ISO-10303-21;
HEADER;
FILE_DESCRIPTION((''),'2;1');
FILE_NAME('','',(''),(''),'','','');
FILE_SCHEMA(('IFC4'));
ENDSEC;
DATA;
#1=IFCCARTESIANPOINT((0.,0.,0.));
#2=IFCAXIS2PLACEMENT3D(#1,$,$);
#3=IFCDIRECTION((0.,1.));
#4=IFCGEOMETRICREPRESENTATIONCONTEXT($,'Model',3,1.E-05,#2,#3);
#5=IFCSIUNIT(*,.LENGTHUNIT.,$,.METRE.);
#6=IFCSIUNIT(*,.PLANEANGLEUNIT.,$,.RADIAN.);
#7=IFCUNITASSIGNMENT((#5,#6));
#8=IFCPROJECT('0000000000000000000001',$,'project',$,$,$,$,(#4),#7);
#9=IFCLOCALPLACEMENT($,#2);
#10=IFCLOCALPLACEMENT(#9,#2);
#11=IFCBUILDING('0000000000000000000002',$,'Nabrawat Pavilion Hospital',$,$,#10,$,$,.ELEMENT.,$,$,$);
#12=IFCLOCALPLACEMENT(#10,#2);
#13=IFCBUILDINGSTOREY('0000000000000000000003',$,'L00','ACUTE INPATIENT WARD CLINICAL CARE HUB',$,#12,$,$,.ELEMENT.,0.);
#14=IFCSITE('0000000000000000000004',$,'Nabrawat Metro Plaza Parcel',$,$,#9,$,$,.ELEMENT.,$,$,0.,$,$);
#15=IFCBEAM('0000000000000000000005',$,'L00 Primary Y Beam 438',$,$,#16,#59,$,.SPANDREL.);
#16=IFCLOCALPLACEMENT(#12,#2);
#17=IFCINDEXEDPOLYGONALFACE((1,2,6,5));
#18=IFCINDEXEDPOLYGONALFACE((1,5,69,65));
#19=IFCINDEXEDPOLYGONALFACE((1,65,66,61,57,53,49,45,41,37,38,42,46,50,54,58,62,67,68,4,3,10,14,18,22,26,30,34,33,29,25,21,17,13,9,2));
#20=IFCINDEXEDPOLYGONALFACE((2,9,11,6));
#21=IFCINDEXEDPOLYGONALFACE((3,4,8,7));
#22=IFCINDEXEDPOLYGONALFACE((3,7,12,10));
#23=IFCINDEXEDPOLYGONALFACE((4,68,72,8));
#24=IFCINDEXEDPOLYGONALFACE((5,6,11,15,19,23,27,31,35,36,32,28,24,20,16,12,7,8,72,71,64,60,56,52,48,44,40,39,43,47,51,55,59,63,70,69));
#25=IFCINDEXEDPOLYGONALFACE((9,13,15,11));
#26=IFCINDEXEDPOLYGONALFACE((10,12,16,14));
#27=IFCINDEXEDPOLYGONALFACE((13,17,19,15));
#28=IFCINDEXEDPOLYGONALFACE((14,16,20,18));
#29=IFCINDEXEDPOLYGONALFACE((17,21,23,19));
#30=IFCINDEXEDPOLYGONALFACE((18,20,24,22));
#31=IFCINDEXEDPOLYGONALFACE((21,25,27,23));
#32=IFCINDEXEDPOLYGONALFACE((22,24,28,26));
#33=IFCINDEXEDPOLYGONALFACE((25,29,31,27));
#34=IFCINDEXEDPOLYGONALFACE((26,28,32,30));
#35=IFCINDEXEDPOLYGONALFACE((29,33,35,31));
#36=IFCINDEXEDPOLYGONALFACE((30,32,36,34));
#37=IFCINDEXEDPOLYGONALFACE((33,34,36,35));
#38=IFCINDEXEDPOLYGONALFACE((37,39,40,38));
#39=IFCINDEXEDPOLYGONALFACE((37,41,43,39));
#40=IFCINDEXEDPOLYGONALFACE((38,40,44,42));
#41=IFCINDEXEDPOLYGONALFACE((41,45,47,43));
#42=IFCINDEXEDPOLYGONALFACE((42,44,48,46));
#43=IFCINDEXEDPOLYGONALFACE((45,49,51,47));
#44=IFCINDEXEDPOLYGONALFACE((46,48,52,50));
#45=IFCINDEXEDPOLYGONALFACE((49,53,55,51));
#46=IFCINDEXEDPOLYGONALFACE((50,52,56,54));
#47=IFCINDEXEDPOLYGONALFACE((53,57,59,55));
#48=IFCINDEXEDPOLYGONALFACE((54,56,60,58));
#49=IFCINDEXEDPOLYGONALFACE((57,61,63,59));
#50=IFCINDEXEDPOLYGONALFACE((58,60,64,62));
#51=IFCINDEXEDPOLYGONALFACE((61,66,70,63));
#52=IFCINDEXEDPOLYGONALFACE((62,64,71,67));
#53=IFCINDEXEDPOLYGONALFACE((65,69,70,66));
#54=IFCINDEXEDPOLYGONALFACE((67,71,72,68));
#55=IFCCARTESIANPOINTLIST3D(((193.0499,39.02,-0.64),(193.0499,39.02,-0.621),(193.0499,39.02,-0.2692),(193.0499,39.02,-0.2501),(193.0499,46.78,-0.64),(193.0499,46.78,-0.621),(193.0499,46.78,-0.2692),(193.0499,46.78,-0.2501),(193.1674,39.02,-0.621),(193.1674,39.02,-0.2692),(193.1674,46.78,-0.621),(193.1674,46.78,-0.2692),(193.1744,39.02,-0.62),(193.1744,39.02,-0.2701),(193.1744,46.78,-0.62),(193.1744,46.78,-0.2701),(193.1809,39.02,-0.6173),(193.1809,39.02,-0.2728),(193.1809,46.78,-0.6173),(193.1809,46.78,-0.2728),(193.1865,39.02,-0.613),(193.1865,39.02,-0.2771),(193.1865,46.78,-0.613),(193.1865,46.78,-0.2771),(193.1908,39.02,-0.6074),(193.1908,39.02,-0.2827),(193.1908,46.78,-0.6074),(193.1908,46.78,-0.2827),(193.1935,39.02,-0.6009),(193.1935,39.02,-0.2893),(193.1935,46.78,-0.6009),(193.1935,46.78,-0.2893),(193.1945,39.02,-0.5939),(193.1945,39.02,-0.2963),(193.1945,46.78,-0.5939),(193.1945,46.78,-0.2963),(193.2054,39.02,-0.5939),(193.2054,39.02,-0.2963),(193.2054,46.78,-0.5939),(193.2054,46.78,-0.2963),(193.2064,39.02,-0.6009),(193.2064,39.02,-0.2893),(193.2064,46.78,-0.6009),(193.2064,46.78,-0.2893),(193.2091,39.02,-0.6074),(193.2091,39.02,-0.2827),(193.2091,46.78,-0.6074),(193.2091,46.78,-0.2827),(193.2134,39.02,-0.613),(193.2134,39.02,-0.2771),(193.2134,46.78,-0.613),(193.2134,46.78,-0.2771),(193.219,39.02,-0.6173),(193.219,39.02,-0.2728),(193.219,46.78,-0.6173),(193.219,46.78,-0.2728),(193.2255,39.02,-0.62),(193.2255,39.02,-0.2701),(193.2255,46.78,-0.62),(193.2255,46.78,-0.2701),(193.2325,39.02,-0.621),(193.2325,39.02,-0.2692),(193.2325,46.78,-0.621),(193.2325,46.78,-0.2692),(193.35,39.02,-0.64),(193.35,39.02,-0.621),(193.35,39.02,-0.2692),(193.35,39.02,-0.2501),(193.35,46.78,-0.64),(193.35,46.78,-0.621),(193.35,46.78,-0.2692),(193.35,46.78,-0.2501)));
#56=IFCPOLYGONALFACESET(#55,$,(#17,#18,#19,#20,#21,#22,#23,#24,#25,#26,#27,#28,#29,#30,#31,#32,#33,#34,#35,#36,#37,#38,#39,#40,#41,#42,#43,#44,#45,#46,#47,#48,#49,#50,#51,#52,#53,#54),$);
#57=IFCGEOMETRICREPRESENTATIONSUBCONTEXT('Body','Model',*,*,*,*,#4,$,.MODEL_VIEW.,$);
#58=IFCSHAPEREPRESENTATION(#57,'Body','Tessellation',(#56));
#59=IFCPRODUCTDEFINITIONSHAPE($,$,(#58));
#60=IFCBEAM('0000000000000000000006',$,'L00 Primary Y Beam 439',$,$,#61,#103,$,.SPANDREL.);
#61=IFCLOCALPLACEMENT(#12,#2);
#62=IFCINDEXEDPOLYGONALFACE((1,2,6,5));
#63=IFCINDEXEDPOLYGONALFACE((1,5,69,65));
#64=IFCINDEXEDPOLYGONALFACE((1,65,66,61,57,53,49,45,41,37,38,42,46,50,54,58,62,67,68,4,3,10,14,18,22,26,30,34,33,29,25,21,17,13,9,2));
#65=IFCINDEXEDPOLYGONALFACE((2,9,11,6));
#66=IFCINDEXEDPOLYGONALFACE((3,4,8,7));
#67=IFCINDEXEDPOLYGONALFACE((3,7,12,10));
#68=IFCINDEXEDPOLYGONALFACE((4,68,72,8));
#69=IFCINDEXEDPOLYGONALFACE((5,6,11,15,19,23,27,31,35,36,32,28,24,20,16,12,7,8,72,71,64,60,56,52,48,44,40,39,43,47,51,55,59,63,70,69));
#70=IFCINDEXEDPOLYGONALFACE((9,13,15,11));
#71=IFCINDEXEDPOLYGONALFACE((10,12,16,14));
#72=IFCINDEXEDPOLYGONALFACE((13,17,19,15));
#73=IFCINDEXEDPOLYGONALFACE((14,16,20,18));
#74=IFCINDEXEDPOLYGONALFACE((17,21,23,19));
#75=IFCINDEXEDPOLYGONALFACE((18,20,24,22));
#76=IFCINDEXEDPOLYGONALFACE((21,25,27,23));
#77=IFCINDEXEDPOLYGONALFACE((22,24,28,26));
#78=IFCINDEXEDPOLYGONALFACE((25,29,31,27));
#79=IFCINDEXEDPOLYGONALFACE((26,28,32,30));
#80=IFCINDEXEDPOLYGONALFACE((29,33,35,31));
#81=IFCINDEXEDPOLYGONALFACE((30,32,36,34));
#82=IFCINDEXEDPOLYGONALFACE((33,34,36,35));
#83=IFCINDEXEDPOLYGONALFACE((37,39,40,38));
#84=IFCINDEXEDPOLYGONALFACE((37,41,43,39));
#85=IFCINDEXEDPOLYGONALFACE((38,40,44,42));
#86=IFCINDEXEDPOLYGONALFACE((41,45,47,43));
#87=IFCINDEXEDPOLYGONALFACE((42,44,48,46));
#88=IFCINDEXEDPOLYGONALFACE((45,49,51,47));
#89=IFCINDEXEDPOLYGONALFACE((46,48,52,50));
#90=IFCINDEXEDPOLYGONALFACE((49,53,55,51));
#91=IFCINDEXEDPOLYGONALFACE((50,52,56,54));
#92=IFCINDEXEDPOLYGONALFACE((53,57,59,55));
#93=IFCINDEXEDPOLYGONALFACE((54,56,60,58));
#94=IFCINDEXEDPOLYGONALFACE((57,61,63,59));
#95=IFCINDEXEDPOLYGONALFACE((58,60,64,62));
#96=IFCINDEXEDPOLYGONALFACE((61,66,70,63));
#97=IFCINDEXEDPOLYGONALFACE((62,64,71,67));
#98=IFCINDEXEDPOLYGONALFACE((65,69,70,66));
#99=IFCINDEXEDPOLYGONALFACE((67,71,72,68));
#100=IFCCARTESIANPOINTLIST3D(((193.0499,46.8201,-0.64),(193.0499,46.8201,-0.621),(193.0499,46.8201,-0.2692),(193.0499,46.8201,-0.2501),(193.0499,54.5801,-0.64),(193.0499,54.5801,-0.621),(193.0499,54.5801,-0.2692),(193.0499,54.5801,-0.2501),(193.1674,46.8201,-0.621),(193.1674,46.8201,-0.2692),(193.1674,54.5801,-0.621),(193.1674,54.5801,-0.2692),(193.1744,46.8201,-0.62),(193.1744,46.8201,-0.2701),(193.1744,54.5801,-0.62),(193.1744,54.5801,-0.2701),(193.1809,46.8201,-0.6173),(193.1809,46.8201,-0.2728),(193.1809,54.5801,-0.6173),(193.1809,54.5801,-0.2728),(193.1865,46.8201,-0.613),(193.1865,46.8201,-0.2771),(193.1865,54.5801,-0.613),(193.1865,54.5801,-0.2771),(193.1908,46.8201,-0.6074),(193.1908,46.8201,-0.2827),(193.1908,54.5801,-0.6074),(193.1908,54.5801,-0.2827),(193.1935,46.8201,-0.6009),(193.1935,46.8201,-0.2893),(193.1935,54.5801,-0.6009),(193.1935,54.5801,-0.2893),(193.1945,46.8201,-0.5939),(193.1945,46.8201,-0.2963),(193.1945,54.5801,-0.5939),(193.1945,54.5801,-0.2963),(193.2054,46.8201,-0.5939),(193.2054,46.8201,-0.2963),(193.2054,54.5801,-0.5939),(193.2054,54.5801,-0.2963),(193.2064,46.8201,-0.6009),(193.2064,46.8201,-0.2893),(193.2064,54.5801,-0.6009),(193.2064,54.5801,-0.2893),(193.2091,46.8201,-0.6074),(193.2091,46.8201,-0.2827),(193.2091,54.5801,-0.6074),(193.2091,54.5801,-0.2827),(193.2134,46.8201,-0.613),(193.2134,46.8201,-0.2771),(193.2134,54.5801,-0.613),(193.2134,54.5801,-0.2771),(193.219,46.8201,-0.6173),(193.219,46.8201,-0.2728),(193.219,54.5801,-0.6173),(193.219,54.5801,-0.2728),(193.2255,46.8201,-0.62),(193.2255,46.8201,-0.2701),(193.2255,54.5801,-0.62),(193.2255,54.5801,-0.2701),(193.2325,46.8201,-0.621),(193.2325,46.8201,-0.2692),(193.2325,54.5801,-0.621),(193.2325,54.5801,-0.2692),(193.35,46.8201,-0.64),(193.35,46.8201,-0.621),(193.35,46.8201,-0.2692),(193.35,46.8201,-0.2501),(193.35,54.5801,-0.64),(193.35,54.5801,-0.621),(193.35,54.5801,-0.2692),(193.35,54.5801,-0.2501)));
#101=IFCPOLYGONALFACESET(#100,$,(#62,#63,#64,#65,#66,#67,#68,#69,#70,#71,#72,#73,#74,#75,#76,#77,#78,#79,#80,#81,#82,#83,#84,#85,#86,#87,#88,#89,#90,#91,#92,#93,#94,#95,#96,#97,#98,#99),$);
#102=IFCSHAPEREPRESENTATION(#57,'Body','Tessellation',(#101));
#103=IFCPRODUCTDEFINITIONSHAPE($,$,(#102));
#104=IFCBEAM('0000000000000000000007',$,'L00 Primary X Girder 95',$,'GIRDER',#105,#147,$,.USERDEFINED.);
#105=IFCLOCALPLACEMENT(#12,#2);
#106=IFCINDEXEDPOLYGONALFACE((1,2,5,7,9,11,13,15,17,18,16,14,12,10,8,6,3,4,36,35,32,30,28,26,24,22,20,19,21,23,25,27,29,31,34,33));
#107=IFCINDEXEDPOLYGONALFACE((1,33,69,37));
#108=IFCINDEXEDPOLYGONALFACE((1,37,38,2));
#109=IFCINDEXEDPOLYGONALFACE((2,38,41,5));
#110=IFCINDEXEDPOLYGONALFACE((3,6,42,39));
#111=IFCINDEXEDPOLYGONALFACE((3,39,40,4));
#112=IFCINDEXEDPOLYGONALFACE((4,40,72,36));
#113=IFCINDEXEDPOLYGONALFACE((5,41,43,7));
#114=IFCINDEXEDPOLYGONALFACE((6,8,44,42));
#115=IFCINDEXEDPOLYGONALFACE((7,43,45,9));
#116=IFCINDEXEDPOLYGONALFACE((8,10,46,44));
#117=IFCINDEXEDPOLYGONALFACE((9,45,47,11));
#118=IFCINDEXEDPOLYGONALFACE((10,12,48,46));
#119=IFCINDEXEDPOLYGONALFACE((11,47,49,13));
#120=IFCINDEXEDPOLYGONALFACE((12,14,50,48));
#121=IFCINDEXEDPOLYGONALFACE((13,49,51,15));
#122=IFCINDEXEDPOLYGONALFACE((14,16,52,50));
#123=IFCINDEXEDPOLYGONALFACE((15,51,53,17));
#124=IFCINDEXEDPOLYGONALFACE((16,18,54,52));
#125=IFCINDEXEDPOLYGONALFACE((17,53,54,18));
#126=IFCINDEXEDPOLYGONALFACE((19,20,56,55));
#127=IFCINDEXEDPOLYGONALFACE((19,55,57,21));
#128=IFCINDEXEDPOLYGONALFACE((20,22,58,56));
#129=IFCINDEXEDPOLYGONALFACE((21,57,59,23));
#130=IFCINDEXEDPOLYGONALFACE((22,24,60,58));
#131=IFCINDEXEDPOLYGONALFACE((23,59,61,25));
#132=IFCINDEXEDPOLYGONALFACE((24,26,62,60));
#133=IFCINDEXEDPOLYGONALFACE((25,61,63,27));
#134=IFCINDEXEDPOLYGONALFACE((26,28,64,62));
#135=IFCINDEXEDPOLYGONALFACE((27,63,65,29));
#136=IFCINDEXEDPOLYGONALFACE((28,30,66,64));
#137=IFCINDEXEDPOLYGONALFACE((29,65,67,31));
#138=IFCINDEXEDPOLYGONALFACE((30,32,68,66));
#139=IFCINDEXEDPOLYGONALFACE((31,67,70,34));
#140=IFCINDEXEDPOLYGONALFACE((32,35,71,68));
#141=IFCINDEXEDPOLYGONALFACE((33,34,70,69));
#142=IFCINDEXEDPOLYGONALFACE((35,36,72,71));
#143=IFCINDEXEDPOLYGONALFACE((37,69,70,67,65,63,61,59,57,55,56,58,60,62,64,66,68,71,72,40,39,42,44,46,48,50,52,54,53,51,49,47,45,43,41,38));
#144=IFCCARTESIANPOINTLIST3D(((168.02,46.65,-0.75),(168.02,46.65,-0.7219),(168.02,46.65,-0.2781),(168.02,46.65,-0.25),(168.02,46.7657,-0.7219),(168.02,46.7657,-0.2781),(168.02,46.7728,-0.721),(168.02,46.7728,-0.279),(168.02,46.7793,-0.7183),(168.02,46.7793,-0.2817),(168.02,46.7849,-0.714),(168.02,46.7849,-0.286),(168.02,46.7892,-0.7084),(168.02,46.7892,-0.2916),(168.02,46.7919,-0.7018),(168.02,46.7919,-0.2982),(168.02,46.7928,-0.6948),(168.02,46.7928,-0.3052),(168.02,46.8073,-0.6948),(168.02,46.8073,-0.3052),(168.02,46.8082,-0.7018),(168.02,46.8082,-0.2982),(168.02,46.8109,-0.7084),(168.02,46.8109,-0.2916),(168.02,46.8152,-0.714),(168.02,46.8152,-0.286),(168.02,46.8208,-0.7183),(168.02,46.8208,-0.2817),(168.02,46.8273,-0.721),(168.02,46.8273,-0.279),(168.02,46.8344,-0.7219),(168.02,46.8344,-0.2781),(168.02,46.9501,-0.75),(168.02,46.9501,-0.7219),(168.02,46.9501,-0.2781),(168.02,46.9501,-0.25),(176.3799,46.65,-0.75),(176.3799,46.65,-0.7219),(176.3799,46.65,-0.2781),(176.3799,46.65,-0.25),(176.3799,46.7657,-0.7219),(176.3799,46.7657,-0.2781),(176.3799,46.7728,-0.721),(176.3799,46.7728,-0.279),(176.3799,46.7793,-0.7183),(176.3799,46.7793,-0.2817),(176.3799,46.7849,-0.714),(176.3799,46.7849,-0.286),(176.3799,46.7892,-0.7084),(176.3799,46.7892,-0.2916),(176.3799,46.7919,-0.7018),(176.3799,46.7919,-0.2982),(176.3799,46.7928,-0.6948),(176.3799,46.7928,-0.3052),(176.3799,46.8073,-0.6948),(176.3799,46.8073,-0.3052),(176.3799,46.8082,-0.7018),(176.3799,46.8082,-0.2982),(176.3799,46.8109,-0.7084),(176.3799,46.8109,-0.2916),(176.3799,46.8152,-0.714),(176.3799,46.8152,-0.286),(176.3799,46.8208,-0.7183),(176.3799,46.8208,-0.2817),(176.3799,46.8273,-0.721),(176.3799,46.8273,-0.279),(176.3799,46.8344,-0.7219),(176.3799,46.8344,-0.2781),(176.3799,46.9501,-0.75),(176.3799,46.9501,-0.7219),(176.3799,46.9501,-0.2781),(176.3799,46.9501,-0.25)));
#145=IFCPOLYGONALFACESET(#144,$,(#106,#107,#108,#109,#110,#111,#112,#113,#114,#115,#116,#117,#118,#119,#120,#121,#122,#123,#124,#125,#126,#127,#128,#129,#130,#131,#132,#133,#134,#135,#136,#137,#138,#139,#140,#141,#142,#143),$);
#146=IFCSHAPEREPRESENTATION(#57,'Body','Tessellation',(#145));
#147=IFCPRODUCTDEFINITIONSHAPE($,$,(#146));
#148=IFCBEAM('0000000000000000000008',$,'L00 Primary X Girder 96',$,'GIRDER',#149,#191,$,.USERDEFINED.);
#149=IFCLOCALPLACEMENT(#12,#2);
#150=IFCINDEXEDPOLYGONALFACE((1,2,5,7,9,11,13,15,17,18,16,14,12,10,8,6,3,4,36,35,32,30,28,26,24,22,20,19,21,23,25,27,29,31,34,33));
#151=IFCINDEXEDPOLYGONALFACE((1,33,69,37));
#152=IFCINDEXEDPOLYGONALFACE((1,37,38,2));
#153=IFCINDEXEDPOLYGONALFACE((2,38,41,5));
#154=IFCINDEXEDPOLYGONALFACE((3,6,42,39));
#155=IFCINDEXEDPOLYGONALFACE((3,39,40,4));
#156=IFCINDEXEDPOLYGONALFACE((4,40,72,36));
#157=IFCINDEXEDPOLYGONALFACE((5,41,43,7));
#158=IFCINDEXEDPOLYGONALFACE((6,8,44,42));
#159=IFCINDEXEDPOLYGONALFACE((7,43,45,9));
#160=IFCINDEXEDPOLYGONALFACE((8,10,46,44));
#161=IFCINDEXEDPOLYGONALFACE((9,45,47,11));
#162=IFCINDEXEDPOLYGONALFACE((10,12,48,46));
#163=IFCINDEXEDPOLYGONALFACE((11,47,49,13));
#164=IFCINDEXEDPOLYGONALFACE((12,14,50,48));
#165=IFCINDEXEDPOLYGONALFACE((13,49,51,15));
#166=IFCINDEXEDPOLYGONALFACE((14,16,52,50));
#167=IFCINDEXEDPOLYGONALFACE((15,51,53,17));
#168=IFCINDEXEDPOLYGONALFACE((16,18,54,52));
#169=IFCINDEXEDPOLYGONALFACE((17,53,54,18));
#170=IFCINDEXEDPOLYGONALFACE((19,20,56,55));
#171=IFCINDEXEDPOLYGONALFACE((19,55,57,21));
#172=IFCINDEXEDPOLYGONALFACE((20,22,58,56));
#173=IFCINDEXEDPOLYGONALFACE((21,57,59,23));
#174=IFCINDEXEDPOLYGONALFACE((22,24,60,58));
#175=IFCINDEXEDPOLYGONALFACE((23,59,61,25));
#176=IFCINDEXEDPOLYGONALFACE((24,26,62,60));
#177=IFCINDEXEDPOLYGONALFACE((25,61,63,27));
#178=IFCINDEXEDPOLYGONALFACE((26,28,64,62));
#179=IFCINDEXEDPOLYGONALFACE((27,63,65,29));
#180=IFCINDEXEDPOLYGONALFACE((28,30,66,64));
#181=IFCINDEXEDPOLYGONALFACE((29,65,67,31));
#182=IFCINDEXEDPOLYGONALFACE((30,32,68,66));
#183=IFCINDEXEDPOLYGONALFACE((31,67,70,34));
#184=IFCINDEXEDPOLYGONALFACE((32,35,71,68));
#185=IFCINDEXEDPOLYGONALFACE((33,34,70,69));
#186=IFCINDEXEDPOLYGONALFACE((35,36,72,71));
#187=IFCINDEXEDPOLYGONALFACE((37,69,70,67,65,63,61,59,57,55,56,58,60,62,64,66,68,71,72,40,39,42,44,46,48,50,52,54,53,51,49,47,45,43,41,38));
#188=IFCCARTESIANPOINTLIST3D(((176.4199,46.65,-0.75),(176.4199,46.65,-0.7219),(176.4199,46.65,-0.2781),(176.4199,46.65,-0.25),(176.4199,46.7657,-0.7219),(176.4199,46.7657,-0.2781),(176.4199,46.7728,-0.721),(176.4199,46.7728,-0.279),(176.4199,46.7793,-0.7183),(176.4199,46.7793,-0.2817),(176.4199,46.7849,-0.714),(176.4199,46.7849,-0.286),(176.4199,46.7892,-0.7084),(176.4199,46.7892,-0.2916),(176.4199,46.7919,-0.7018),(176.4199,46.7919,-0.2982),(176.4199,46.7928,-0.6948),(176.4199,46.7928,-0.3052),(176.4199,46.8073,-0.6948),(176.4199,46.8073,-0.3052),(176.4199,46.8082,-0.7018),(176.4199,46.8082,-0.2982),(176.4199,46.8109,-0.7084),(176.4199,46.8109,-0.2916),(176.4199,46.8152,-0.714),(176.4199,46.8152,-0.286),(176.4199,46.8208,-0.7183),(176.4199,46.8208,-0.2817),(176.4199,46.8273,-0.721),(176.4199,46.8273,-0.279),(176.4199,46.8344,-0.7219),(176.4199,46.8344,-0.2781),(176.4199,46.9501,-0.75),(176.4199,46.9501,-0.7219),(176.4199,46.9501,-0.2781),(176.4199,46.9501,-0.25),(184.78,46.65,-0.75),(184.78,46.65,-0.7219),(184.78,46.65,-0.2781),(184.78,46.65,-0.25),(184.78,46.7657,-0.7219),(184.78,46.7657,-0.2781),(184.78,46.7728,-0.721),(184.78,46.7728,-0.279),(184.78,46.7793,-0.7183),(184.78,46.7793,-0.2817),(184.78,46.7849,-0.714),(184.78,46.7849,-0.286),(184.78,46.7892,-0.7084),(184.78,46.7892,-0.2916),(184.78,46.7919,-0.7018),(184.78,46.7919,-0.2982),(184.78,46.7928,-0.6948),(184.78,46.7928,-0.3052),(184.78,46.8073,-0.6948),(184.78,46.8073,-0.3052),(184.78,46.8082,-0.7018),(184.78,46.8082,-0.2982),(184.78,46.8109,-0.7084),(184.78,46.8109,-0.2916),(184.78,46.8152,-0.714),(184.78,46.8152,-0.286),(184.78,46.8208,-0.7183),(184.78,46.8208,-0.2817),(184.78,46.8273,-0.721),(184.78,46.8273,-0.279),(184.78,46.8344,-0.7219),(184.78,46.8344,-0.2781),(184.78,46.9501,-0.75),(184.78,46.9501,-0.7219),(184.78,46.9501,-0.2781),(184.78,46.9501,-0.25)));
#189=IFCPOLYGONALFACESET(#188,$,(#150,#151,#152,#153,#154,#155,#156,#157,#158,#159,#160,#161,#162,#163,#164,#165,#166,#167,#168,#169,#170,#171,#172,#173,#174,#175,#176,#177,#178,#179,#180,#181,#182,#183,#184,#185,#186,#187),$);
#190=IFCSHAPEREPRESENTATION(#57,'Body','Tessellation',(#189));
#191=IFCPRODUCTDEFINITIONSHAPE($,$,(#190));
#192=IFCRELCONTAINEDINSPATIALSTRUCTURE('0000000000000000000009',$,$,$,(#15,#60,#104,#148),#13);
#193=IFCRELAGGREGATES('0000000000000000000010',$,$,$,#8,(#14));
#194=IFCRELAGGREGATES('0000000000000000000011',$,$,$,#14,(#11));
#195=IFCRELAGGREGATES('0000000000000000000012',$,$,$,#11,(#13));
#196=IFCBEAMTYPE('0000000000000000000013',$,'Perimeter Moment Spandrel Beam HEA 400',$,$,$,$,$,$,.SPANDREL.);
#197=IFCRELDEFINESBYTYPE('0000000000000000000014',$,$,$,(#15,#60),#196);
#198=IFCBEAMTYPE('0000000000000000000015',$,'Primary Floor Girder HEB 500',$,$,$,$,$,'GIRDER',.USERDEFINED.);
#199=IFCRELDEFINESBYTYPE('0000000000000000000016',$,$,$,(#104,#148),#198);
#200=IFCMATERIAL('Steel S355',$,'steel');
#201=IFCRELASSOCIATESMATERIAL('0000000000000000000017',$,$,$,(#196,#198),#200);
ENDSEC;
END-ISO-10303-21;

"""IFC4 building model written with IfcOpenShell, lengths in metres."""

from ifc_helpers import new_model, si_unit, direction, frame, origin, origin_2d, place, context, subcontext, project, spatial, i_section, extrude, material, material_profile, profile_set, type_object, element, save


model = new_model("IFC4")

# Units and contexts
model_context = context("Model", 3, precision=1e-05, world=origin(), true_north=direction((0.0, 1.0)))
body_context = subcontext(model_context, "Body", "Model", "MODEL_VIEW")
ifc_project = project(units=[si_unit("LENGTHUNIT", "METRE"), si_unit("PLANEANGLEUNIT", "RADIAN")], contexts=[model_context])

# Site, building, storey
site_placement = place(None, origin())
site = spatial("IfcSite", under=ifc_project, at=site_placement, Name="Nabrawat Metro Plaza Parcel", CompositionType="ELEMENT", RefElevation=0.0)
building_placement = place(site_placement, origin())
building = spatial("IfcBuilding", under=site, at=building_placement, Name="Nabrawat Pavilion Hospital", CompositionType="ELEMENT")
storey_placement = place(building_placement, origin())
storey = spatial("IfcBuildingStorey", under=building, at=storey_placement, Name="L00", Description="ACUTE INPATIENT WARD CLINICAL CARE HUB", CompositionType="ELEMENT", Elevation=0.0)

# Shared definitions
ifc_material_1 = material(Name="Steel S355", Category="steel")

# Beams
ifc_material_profile_1 = material_profile(ifc_material_1, i_section(OverallWidth=0.3, OverallDepth=0.3899, WebThickness=0.011, FlangeThickness=0.019, FilletRadius=0.0271, at=origin_2d()), Name="HEA 400")
ifc_profile_set_1 = profile_set([ifc_material_profile_1], Name="Steel S355")
beam_type_1 = type_object("IfcBeamType", Name="Perimeter Moment Spandrel Beam HEA 400", PredefinedType="SPANDREL", material=ifc_profile_set_1)
for number, where, z_axis, x_axis, name in (
    (1, (193.2, 39.02, -0.4451), (0.0, 1.0, 0.0), (-1.0, 0.0, 0.0), "L00 Primary Y Beam 438"),
    (2, (193.2, 46.8201, -0.4451), (0.0, 1.0, 0.0), (-1.0, 0.0, 0.0), "L00 Primary Y Beam 439"),
):
    element("IfcBeam", number, at=place(storey_placement, frame(where, z_axis=z_axis, x_axis=x_axis)), inside=storey, type_object=beam_type_1, Name=name, PredefinedType="SPANDREL", context=body_context, shape_type="SweptSolid", body=[
        extrude(i_section(OverallWidth=0.3, OverallDepth=0.3899, WebThickness=0.011, FlangeThickness=0.019, FilletRadius=0.0271, at=origin_2d()), origin(), (0.0, 0.0, 1.0), 7.76),
    ])
ifc_material_profile_2 = material_profile(ifc_material_1, i_section(OverallWidth=0.3, OverallDepth=0.5, WebThickness=0.0144, FlangeThickness=0.0281, FilletRadius=0.0271, at=origin_2d()), Name="HEB 500")
ifc_profile_set_2 = profile_set([ifc_material_profile_2], Name="Steel S355")
beam_type_2 = type_object("IfcBeamType", Name="Primary Floor Girder HEB 500", ElementType="GIRDER", PredefinedType="USERDEFINED", material=ifc_profile_set_2)
beam_1_placement = place(storey_placement, frame((168.02, 46.8, -0.5), z_axis=(1.0, 0.0, 0.0), x_axis=(0.0, 1.0, 0.0)))
element("IfcBeam", 3, at=beam_1_placement, inside=storey, type_object=beam_type_2, Name="L00 Primary X Girder 95", ObjectType="GIRDER", PredefinedType="USERDEFINED", context=body_context, shape_type="SweptSolid", body=[
    extrude(i_section(OverallWidth=0.3, OverallDepth=0.5, WebThickness=0.0144, FlangeThickness=0.0281, FilletRadius=0.0271, at=origin_2d()), origin(), (0.0, 0.0, 1.0), 8.3599),
])
beam_2_placement = place(storey_placement, frame((176.4199, 46.8, -0.5), z_axis=(1.0, 0.0, 0.0), x_axis=(0.0, 1.0, 0.0)))
element("IfcBeam", 4, at=beam_2_placement, inside=storey, type_object=beam_type_2, Name="L00 Primary X Girder 96", ObjectType="GIRDER", PredefinedType="USERDEFINED", context=body_context, shape_type="SweptSolid", body=[
    extrude(i_section(OverallWidth=0.3, OverallDepth=0.5, WebThickness=0.0144, FlangeThickness=0.0281, FilletRadius=0.0271, at=origin_2d()), origin(), (0.0, 0.0, 1.0), 8.3601),
])

save(model, "model.ifc")
